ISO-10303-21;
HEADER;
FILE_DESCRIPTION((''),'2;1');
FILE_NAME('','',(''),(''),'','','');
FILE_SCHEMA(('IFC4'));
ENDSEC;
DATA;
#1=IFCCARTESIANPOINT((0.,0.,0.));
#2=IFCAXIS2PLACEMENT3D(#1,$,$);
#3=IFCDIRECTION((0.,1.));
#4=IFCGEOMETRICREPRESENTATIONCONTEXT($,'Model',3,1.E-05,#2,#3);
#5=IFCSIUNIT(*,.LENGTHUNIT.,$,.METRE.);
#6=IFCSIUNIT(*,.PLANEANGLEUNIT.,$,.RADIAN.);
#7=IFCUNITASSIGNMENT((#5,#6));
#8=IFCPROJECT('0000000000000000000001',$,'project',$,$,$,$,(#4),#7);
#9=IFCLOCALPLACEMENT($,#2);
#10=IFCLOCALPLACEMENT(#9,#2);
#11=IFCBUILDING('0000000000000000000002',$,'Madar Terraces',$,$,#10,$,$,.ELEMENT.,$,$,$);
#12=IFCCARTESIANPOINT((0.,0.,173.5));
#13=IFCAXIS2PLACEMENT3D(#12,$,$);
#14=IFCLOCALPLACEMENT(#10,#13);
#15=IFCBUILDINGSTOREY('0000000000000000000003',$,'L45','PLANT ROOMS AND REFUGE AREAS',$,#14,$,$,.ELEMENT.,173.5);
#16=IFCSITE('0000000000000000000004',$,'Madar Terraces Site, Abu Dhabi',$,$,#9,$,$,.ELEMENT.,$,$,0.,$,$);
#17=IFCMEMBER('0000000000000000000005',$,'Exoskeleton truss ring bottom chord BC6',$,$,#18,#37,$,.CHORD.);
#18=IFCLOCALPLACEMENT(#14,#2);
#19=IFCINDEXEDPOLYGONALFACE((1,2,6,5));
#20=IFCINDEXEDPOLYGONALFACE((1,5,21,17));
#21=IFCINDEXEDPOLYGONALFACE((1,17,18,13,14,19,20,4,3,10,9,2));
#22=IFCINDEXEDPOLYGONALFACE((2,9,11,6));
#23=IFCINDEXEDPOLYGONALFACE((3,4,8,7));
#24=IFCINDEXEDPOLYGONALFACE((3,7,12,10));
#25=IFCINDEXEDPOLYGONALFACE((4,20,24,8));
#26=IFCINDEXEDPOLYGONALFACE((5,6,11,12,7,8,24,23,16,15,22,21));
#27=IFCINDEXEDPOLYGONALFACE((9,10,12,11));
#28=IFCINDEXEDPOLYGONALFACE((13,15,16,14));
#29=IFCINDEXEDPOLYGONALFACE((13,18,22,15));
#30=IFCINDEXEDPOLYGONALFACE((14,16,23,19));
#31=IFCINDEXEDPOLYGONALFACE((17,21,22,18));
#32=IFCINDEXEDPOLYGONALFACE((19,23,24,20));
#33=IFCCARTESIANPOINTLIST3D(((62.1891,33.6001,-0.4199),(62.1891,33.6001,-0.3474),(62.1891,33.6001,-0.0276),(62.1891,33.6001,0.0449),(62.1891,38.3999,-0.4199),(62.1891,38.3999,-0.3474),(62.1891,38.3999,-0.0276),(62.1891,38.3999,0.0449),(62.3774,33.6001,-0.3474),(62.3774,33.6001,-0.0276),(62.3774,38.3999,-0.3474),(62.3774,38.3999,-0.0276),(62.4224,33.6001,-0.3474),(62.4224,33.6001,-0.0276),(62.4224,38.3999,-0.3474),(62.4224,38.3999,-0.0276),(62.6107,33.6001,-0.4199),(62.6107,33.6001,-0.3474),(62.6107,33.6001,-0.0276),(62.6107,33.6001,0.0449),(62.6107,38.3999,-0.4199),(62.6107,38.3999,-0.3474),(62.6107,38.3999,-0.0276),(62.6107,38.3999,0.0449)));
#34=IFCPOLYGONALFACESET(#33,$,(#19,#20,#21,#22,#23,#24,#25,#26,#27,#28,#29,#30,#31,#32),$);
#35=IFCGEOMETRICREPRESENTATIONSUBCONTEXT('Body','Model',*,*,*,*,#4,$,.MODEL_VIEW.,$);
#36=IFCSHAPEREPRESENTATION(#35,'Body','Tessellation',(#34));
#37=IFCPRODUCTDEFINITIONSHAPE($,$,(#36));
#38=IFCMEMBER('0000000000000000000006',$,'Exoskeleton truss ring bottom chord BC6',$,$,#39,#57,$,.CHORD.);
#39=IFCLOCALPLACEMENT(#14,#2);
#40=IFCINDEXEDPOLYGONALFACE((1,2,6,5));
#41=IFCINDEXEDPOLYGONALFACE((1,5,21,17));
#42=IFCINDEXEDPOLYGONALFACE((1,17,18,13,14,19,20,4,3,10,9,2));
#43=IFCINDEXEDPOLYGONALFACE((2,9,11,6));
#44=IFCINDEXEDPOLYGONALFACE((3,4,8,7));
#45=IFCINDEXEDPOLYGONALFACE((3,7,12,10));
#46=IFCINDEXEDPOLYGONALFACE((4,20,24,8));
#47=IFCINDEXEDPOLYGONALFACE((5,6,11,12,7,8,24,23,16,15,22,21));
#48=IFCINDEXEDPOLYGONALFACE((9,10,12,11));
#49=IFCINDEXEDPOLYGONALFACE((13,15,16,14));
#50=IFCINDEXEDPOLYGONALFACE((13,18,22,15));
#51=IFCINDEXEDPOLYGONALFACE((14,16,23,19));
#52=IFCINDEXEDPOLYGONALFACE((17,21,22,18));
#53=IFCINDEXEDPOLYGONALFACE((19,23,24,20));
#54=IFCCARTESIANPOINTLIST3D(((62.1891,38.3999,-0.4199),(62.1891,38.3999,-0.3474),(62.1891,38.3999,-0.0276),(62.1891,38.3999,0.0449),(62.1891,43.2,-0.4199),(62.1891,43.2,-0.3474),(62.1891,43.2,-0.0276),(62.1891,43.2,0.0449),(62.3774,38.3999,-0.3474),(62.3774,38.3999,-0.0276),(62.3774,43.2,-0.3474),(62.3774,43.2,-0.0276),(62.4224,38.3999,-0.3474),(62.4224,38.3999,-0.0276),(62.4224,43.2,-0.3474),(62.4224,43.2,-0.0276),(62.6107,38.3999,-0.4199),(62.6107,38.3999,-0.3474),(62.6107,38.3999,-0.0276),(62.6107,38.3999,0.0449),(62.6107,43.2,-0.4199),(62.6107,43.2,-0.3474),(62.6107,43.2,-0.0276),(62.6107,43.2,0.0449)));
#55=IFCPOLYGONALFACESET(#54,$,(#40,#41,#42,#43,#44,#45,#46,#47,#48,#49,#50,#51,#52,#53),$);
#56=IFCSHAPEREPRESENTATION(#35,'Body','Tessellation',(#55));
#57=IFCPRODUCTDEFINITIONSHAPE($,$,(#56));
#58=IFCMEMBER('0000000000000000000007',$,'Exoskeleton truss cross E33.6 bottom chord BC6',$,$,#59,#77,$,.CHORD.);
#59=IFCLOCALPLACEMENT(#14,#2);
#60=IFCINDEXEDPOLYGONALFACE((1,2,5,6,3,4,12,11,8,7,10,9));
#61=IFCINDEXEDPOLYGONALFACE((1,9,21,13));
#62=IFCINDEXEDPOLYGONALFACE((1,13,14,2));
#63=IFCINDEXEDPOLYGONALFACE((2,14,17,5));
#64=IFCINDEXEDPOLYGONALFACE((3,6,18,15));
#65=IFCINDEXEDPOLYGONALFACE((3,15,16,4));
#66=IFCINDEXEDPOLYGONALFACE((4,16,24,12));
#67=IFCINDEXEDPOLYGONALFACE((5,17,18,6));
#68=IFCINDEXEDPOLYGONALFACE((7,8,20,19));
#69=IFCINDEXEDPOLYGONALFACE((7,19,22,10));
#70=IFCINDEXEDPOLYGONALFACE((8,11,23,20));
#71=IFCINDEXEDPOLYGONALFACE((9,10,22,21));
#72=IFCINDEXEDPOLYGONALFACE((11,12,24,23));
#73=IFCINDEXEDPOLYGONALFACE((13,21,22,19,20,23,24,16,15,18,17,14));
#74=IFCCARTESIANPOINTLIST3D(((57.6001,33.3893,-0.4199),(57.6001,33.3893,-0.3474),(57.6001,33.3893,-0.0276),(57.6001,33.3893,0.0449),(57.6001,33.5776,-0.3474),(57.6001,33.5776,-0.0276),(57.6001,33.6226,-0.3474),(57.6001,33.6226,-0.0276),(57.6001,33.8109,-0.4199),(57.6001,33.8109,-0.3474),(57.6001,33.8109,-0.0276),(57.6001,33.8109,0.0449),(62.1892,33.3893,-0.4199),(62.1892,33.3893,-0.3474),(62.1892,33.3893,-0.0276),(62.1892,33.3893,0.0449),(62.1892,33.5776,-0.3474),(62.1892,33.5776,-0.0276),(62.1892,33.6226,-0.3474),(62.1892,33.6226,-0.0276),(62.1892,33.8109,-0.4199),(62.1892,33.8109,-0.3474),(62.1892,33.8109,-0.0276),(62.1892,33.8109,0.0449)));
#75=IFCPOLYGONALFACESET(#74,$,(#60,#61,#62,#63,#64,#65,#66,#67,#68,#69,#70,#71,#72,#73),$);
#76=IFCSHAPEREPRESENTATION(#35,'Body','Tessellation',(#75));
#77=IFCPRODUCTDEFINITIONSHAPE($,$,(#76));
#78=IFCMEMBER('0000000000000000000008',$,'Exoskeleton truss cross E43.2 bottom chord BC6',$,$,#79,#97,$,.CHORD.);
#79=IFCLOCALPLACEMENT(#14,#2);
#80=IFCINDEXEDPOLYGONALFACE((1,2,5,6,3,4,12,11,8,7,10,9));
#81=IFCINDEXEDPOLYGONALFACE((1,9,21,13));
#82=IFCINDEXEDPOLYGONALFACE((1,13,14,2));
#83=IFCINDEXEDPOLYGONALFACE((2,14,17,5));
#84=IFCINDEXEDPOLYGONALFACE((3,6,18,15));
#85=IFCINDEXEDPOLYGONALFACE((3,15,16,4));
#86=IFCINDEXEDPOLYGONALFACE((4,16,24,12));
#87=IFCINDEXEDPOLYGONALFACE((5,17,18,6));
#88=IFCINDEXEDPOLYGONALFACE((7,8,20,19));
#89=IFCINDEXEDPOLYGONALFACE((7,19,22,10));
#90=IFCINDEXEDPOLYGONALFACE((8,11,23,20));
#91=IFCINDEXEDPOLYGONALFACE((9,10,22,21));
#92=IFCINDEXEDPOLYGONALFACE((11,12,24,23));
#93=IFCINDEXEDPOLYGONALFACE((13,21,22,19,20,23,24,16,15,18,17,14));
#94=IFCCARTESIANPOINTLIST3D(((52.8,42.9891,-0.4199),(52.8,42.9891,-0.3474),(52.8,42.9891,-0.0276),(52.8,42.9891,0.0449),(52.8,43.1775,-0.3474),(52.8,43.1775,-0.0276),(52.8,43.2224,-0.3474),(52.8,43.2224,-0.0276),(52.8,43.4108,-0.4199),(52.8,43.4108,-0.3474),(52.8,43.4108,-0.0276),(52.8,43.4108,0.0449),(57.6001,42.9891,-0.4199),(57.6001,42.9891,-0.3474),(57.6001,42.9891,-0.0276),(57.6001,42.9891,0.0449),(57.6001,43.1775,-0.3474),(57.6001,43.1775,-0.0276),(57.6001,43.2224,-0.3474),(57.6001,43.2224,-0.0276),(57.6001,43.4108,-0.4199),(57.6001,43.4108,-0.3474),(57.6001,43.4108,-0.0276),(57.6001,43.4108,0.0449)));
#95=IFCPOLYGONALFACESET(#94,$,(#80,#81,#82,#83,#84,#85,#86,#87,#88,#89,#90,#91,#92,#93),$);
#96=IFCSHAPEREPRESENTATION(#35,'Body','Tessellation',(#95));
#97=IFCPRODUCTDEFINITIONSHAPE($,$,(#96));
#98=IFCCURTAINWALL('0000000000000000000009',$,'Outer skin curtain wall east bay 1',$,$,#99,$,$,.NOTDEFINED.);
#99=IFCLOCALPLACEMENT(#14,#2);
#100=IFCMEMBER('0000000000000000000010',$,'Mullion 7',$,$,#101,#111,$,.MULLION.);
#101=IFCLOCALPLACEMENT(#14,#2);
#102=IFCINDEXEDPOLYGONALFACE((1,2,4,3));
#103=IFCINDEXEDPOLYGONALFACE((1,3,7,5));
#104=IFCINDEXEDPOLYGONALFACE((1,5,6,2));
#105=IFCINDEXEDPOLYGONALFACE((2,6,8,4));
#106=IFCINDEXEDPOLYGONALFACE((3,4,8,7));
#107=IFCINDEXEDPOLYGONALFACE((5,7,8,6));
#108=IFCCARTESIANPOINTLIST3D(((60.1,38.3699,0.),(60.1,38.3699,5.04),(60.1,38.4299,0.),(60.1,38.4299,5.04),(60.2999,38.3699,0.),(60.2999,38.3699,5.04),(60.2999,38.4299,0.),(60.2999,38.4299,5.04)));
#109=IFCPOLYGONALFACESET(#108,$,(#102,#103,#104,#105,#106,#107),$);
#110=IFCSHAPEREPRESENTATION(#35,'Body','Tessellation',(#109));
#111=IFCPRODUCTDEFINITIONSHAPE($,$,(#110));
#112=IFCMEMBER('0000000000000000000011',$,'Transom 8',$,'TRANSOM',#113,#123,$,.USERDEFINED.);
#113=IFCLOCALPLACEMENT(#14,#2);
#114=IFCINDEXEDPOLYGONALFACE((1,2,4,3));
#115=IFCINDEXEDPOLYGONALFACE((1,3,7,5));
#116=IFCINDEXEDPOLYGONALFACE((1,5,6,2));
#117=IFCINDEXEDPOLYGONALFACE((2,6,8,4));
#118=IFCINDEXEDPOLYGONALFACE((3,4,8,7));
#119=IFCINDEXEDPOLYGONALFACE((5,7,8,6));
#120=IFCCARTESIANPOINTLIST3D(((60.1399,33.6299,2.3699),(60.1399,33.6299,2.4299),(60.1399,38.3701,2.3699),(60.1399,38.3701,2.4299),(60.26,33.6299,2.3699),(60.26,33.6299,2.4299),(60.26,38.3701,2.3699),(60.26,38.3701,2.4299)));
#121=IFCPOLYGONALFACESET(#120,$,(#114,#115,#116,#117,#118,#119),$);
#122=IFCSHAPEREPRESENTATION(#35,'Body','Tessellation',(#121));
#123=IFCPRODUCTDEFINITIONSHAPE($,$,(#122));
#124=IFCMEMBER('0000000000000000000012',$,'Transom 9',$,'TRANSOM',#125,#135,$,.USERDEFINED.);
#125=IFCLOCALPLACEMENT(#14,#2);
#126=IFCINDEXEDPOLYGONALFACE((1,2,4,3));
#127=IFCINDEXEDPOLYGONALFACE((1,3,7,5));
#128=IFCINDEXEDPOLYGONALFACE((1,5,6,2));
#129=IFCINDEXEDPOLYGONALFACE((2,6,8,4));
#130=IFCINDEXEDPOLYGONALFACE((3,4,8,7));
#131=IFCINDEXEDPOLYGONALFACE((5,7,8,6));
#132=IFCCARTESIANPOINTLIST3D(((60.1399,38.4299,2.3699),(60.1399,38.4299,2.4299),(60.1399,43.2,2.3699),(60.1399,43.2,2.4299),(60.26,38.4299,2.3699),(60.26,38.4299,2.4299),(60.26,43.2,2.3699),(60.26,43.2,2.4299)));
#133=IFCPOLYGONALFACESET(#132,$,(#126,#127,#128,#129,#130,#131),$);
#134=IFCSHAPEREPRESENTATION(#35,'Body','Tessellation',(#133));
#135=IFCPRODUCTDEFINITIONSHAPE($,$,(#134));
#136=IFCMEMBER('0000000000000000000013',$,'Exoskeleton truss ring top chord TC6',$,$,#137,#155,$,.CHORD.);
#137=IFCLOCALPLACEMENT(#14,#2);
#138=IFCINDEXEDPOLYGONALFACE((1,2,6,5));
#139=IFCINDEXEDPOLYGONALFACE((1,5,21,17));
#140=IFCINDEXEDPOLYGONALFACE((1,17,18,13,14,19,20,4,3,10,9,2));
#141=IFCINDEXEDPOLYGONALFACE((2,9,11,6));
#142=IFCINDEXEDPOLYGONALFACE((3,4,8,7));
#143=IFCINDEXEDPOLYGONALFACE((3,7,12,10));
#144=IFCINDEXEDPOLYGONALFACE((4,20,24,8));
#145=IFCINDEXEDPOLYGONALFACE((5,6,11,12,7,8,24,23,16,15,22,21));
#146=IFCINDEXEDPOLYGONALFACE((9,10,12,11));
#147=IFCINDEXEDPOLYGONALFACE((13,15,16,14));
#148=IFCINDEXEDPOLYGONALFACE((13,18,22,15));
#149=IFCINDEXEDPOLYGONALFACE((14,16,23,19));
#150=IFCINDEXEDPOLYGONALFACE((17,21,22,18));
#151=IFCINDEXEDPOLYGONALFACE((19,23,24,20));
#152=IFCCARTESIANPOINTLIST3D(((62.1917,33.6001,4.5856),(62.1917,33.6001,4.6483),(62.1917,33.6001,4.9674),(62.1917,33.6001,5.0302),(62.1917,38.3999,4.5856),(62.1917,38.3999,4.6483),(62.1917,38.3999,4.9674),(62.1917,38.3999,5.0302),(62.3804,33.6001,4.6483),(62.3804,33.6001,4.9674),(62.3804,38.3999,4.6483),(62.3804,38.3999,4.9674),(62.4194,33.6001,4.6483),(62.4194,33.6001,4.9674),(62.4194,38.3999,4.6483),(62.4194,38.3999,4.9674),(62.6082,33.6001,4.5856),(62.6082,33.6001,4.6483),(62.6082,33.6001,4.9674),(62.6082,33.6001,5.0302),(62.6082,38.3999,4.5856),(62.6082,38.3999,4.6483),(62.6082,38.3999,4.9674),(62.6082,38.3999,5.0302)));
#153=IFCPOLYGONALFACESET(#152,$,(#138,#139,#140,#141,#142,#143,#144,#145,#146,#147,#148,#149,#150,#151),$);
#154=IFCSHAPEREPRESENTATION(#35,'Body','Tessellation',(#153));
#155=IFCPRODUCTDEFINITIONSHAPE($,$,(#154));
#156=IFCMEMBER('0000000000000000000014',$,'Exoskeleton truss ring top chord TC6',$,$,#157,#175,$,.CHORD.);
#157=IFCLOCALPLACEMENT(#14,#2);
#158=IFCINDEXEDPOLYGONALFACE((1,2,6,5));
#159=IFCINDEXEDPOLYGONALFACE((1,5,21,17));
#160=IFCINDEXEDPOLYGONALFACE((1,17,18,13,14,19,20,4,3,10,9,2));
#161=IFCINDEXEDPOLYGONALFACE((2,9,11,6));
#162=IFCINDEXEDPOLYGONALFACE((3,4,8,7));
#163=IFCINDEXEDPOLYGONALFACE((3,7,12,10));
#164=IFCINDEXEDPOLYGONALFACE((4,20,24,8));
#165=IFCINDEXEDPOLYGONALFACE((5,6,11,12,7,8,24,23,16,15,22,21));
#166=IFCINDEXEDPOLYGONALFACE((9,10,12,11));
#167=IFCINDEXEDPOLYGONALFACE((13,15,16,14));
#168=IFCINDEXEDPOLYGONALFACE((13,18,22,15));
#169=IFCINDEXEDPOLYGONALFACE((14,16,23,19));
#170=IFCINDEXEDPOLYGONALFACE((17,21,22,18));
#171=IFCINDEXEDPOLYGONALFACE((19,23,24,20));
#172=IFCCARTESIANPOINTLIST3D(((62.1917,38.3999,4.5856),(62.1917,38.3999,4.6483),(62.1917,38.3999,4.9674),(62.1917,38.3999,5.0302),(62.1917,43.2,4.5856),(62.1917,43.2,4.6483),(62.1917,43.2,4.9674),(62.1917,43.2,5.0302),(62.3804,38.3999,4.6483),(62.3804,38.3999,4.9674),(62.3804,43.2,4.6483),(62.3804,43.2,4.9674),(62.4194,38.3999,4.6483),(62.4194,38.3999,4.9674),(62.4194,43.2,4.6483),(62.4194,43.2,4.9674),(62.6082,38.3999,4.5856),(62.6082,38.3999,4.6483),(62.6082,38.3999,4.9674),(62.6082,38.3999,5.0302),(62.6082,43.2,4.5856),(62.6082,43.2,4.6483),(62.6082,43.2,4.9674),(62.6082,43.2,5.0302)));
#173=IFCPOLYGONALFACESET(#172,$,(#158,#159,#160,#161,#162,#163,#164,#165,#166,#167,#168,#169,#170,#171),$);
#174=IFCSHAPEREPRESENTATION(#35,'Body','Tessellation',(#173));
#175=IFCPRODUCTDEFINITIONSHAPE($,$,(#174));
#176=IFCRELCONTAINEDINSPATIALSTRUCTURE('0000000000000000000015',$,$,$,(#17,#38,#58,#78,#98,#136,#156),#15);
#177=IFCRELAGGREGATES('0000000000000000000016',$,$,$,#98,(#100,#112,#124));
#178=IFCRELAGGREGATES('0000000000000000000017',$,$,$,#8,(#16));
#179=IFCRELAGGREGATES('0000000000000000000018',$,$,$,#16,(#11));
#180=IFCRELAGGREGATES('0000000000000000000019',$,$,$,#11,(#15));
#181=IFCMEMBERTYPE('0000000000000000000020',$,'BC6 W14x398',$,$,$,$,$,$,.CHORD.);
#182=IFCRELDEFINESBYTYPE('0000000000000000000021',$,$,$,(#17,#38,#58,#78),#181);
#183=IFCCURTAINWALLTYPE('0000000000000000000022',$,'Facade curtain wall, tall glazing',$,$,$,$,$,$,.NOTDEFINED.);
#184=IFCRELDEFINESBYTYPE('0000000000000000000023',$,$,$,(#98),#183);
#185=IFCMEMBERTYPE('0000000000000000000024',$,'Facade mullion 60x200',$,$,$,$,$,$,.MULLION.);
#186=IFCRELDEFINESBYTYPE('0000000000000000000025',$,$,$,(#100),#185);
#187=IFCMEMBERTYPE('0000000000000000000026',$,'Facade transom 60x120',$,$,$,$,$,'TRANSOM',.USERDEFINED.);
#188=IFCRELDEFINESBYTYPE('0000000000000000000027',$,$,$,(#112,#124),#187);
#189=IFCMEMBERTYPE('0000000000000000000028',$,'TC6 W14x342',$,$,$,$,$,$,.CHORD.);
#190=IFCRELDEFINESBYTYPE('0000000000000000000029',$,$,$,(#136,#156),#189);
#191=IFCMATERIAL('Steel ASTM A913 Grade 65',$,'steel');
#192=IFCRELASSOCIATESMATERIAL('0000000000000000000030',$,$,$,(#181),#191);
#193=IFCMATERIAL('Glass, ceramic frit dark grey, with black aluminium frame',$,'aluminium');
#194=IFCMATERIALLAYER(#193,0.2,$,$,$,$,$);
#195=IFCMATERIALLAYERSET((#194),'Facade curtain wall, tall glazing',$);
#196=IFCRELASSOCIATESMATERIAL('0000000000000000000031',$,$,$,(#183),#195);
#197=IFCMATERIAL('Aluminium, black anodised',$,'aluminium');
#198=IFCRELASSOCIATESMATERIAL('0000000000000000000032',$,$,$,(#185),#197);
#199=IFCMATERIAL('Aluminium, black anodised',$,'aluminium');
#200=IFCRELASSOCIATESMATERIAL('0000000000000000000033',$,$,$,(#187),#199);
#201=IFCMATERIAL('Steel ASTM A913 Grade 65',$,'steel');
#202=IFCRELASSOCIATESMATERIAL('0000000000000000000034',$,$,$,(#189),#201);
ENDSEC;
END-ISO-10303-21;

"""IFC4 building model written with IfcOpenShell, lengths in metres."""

from ifc_helpers import new_model, si_unit, direction, frame, origin, origin_2d, place, context, subcontext, project, spatial, rectangle, i_section, extrude, material, layer, layer_set, material_profile, profile_set, type_object, element, aggregate, save


model = new_model("IFC4")

# Units and contexts
model_context = context("Model", 3, precision=1e-05, world=origin(), true_north=direction((0.0, 1.0)))
body_context = subcontext(model_context, "Body", "Model", "MODEL_VIEW")
ifc_project = project(units=[si_unit("LENGTHUNIT", "METRE"), si_unit("PLANEANGLEUNIT", "RADIAN")], contexts=[model_context])

# Site, building, storey
site_placement = place(None, origin())
site = spatial("IfcSite", under=ifc_project, at=site_placement, Name="Madar Terraces Site, Abu Dhabi", CompositionType="ELEMENT", RefElevation=0.0)
building_placement = place(site_placement, origin())
building = spatial("IfcBuilding", under=site, at=building_placement, Name="Madar Terraces", CompositionType="ELEMENT")
storey_placement = place(building_placement, frame((0.0, 0.0, 173.5)))
storey = spatial("IfcBuildingStorey", under=building, at=storey_placement, Name="L45", Description="PLANT ROOMS AND REFUGE AREAS", CompositionType="ELEMENT", Elevation=173.5)

# Members
ifc_material_1 = material(Name="Steel ASTM A913 Grade 65", Category="steel")
ifc_material_profile_1 = material_profile(ifc_material_1, i_section(OverallWidth=0.4216, OverallDepth=0.4648, WebThickness=0.0449, FlangeThickness=0.0725, at=origin_2d()), Name="W14x398")
ifc_profile_set_1 = profile_set([ifc_material_profile_1], Name="Steel ASTM A913 Grade 65")
member_type_1 = type_object("IfcMemberType", Name="BC6 W14x398", PredefinedType="CHORD", material=ifc_profile_set_1)
member_1_placement = place(storey_placement, frame((62.3999, 33.6001, -0.1875), z_axis=(0.0, 1.0, 0.0), x_axis=(-1.0, 0.0, 0.0)))
element("IfcMember", 1, at=member_1_placement, inside=storey, type_object=member_type_1, Name="Exoskeleton truss ring bottom chord BC6", PredefinedType="CHORD", context=body_context, shape_type="SweptSolid", body=[
    extrude(i_section(OverallWidth=0.4216, OverallDepth=0.4648, WebThickness=0.0449, FlangeThickness=0.0725, at=origin_2d()), origin(), (0.0, 0.0, 1.0), 4.7998),
])
member_2_placement = place(storey_placement, frame((62.3999, 38.3999, -0.1875), z_axis=(0.0, 1.0, 0.0), x_axis=(-1.0, 0.0, 0.0)))
element("IfcMember", 2, at=member_2_placement, inside=storey, type_object=member_type_1, Name="Exoskeleton truss ring bottom chord BC6", PredefinedType="CHORD", context=body_context, shape_type="SweptSolid", body=[
    extrude(i_section(OverallWidth=0.4216, OverallDepth=0.4648, WebThickness=0.0449, FlangeThickness=0.0725, at=origin_2d()), origin(), (0.0, 0.0, 1.0), 4.8),
])
member_3_placement = place(storey_placement, frame((62.1892, 33.6001, -0.1875), z_axis=(-1.0, 0.0, 0.0), x_axis=(0.0, -1.0, 0.0)))
element("IfcMember", 3, at=member_3_placement, inside=storey, type_object=member_type_1, Name="Exoskeleton truss cross E33.6 bottom chord BC6", PredefinedType="CHORD", context=body_context, shape_type="SweptSolid", body=[
    extrude(i_section(OverallWidth=0.4216, OverallDepth=0.4648, WebThickness=0.0449, FlangeThickness=0.0725, at=origin_2d()), origin(), (0.0, 0.0, 1.0), 4.5891),
])
member_4_placement = place(storey_placement, frame((57.6001, 43.2, -0.1875), z_axis=(-1.0, 0.0, 0.0), x_axis=(0.0, -1.0, 0.0)))
element("IfcMember", 4, at=member_4_placement, inside=storey, type_object=member_type_1, Name="Exoskeleton truss cross E43.2 bottom chord BC6", PredefinedType="CHORD", context=body_context, shape_type="SweptSolid", body=[
    extrude(i_section(OverallWidth=0.4216, OverallDepth=0.4648, WebThickness=0.0449, FlangeThickness=0.0725, at=origin_2d()), origin(), (0.0, 0.0, 1.0), 4.8),
])

# Curtain wall, members
ifc_material_2 = material(Name="Glass, ceramic frit dark grey, with black aluminium frame", Category="aluminium")
ifc_layer_1 = layer(ifc_material_2, 0.2)
ifc_layer_set_1 = layer_set([ifc_layer_1], Name="Facade curtain wall, tall glazing")
curtain_wall_type = type_object("IfcCurtainWallType", Name="Facade curtain wall, tall glazing", PredefinedType="NOTDEFINED", material=ifc_layer_set_1)
curtain_wall_placement = place(storey_placement, origin())
curtain_wall = element("IfcCurtainWall", 5, at=curtain_wall_placement, inside=storey, type_object=curtain_wall_type, Name="Outer skin curtain wall east bay 1", PredefinedType="NOTDEFINED")
ifc_material_3 = material(Name="Aluminium, black anodised", Category="aluminium")
ifc_material_profile_2 = material_profile(ifc_material_3, rectangle(XDim=0.2, YDim=0.0601, at=origin_2d()), Name="Facade mullion 60x200")
ifc_profile_set_2 = profile_set([ifc_material_profile_2], Name="Aluminium, black anodised")
member_type_2 = type_object("IfcMemberType", Name="Facade mullion 60x200", PredefinedType="MULLION", material=ifc_profile_set_2)
member_5_placement = place(storey_placement, frame((60.2, 38.3999, 0.0), z_axis=(0.0, 0.0, 1.0), x_axis=(-1.0, 0.0, 0.0)))
member_5 = element("IfcMember", 6, at=member_5_placement, type_object=member_type_2, Name="Mullion 7", PredefinedType="MULLION", context=body_context, shape_type="SweptSolid", body=[
    extrude(rectangle(XDim=0.2, YDim=0.0601, at=origin_2d()), origin(), (0.0, 0.0, 1.0), 5.04),
])
ifc_material_4 = material(Name="Aluminium, black anodised", Category="aluminium")
ifc_material_profile_3 = material_profile(ifc_material_4, rectangle(XDim=0.1201, YDim=0.0601, at=origin_2d()), Name="Facade transom 60x120")
ifc_profile_set_3 = profile_set([ifc_material_profile_3], Name="Aluminium, black anodised")
member_type_3 = type_object("IfcMemberType", Name="Facade transom 60x120", ElementType="TRANSOM", PredefinedType="USERDEFINED", material=ifc_profile_set_3)
member_6_placement = place(storey_placement, frame((60.2, 33.6299, 2.3999), z_axis=(0.0, 1.0, 0.0), x_axis=(-1.0, 0.0, 0.0)))
member_6 = element("IfcMember", 7, at=member_6_placement, type_object=member_type_3, Name="Transom 8", ObjectType="TRANSOM", PredefinedType="USERDEFINED", context=body_context, shape_type="SweptSolid", body=[
    extrude(rectangle(XDim=0.1201, YDim=0.0601, at=origin_2d()), origin(), (0.0, 0.0, 1.0), 4.7402),
])
member_7_placement = place(storey_placement, frame((60.2, 38.4299, 2.3999), z_axis=(0.0, 1.0, 0.0), x_axis=(-1.0, 0.0, 0.0)))
member_7 = element("IfcMember", 8, at=member_7_placement, type_object=member_type_3, Name="Transom 9", ObjectType="TRANSOM", PredefinedType="USERDEFINED", context=body_context, shape_type="SweptSolid", body=[
    extrude(rectangle(XDim=0.1201, YDim=0.0601, at=origin_2d()), origin(), (0.0, 0.0, 1.0), 4.77),
])

# Members
ifc_material_5 = material(Name="Steel ASTM A913 Grade 65", Category="steel")
ifc_material_profile_4 = material_profile(ifc_material_5, i_section(OverallWidth=0.4165, OverallDepth=0.4446, WebThickness=0.0391, FlangeThickness=0.0627, at=origin_2d()), Name="W14x342")
ifc_profile_set_4 = profile_set([ifc_material_profile_4], Name="Steel ASTM A913 Grade 65")
member_type_4 = type_object("IfcMemberType", Name="TC6 W14x342", PredefinedType="CHORD", material=ifc_profile_set_4)
member_8_placement = place(storey_placement, frame((62.3999, 33.6001, 4.8079), z_axis=(0.0, 1.0, 0.0), x_axis=(-1.0, 0.0, 0.0)))
element("IfcMember", 9, at=member_8_placement, inside=storey, type_object=member_type_4, Name="Exoskeleton truss ring top chord TC6", PredefinedType="CHORD", context=body_context, shape_type="SweptSolid", body=[
    extrude(i_section(OverallWidth=0.4165, OverallDepth=0.4446, WebThickness=0.0391, FlangeThickness=0.0627, at=origin_2d()), origin(), (0.0, 0.0, 1.0), 4.7998),
])
member_9_placement = place(storey_placement, frame((62.3999, 38.3999, 4.8079), z_axis=(0.0, 1.0, 0.0), x_axis=(-1.0, 0.0, 0.0)))
element("IfcMember", 10, at=member_9_placement, inside=storey, type_object=member_type_4, Name="Exoskeleton truss ring top chord TC6", PredefinedType="CHORD", context=body_context, shape_type="SweptSolid", body=[
    extrude(i_section(OverallWidth=0.4165, OverallDepth=0.4446, WebThickness=0.0391, FlangeThickness=0.0627, at=origin_2d()), origin(), (0.0, 0.0, 1.0), 4.8),
])

aggregate(curtain_wall, [member_5, member_6, member_7])

save(model, "model.ifc")
